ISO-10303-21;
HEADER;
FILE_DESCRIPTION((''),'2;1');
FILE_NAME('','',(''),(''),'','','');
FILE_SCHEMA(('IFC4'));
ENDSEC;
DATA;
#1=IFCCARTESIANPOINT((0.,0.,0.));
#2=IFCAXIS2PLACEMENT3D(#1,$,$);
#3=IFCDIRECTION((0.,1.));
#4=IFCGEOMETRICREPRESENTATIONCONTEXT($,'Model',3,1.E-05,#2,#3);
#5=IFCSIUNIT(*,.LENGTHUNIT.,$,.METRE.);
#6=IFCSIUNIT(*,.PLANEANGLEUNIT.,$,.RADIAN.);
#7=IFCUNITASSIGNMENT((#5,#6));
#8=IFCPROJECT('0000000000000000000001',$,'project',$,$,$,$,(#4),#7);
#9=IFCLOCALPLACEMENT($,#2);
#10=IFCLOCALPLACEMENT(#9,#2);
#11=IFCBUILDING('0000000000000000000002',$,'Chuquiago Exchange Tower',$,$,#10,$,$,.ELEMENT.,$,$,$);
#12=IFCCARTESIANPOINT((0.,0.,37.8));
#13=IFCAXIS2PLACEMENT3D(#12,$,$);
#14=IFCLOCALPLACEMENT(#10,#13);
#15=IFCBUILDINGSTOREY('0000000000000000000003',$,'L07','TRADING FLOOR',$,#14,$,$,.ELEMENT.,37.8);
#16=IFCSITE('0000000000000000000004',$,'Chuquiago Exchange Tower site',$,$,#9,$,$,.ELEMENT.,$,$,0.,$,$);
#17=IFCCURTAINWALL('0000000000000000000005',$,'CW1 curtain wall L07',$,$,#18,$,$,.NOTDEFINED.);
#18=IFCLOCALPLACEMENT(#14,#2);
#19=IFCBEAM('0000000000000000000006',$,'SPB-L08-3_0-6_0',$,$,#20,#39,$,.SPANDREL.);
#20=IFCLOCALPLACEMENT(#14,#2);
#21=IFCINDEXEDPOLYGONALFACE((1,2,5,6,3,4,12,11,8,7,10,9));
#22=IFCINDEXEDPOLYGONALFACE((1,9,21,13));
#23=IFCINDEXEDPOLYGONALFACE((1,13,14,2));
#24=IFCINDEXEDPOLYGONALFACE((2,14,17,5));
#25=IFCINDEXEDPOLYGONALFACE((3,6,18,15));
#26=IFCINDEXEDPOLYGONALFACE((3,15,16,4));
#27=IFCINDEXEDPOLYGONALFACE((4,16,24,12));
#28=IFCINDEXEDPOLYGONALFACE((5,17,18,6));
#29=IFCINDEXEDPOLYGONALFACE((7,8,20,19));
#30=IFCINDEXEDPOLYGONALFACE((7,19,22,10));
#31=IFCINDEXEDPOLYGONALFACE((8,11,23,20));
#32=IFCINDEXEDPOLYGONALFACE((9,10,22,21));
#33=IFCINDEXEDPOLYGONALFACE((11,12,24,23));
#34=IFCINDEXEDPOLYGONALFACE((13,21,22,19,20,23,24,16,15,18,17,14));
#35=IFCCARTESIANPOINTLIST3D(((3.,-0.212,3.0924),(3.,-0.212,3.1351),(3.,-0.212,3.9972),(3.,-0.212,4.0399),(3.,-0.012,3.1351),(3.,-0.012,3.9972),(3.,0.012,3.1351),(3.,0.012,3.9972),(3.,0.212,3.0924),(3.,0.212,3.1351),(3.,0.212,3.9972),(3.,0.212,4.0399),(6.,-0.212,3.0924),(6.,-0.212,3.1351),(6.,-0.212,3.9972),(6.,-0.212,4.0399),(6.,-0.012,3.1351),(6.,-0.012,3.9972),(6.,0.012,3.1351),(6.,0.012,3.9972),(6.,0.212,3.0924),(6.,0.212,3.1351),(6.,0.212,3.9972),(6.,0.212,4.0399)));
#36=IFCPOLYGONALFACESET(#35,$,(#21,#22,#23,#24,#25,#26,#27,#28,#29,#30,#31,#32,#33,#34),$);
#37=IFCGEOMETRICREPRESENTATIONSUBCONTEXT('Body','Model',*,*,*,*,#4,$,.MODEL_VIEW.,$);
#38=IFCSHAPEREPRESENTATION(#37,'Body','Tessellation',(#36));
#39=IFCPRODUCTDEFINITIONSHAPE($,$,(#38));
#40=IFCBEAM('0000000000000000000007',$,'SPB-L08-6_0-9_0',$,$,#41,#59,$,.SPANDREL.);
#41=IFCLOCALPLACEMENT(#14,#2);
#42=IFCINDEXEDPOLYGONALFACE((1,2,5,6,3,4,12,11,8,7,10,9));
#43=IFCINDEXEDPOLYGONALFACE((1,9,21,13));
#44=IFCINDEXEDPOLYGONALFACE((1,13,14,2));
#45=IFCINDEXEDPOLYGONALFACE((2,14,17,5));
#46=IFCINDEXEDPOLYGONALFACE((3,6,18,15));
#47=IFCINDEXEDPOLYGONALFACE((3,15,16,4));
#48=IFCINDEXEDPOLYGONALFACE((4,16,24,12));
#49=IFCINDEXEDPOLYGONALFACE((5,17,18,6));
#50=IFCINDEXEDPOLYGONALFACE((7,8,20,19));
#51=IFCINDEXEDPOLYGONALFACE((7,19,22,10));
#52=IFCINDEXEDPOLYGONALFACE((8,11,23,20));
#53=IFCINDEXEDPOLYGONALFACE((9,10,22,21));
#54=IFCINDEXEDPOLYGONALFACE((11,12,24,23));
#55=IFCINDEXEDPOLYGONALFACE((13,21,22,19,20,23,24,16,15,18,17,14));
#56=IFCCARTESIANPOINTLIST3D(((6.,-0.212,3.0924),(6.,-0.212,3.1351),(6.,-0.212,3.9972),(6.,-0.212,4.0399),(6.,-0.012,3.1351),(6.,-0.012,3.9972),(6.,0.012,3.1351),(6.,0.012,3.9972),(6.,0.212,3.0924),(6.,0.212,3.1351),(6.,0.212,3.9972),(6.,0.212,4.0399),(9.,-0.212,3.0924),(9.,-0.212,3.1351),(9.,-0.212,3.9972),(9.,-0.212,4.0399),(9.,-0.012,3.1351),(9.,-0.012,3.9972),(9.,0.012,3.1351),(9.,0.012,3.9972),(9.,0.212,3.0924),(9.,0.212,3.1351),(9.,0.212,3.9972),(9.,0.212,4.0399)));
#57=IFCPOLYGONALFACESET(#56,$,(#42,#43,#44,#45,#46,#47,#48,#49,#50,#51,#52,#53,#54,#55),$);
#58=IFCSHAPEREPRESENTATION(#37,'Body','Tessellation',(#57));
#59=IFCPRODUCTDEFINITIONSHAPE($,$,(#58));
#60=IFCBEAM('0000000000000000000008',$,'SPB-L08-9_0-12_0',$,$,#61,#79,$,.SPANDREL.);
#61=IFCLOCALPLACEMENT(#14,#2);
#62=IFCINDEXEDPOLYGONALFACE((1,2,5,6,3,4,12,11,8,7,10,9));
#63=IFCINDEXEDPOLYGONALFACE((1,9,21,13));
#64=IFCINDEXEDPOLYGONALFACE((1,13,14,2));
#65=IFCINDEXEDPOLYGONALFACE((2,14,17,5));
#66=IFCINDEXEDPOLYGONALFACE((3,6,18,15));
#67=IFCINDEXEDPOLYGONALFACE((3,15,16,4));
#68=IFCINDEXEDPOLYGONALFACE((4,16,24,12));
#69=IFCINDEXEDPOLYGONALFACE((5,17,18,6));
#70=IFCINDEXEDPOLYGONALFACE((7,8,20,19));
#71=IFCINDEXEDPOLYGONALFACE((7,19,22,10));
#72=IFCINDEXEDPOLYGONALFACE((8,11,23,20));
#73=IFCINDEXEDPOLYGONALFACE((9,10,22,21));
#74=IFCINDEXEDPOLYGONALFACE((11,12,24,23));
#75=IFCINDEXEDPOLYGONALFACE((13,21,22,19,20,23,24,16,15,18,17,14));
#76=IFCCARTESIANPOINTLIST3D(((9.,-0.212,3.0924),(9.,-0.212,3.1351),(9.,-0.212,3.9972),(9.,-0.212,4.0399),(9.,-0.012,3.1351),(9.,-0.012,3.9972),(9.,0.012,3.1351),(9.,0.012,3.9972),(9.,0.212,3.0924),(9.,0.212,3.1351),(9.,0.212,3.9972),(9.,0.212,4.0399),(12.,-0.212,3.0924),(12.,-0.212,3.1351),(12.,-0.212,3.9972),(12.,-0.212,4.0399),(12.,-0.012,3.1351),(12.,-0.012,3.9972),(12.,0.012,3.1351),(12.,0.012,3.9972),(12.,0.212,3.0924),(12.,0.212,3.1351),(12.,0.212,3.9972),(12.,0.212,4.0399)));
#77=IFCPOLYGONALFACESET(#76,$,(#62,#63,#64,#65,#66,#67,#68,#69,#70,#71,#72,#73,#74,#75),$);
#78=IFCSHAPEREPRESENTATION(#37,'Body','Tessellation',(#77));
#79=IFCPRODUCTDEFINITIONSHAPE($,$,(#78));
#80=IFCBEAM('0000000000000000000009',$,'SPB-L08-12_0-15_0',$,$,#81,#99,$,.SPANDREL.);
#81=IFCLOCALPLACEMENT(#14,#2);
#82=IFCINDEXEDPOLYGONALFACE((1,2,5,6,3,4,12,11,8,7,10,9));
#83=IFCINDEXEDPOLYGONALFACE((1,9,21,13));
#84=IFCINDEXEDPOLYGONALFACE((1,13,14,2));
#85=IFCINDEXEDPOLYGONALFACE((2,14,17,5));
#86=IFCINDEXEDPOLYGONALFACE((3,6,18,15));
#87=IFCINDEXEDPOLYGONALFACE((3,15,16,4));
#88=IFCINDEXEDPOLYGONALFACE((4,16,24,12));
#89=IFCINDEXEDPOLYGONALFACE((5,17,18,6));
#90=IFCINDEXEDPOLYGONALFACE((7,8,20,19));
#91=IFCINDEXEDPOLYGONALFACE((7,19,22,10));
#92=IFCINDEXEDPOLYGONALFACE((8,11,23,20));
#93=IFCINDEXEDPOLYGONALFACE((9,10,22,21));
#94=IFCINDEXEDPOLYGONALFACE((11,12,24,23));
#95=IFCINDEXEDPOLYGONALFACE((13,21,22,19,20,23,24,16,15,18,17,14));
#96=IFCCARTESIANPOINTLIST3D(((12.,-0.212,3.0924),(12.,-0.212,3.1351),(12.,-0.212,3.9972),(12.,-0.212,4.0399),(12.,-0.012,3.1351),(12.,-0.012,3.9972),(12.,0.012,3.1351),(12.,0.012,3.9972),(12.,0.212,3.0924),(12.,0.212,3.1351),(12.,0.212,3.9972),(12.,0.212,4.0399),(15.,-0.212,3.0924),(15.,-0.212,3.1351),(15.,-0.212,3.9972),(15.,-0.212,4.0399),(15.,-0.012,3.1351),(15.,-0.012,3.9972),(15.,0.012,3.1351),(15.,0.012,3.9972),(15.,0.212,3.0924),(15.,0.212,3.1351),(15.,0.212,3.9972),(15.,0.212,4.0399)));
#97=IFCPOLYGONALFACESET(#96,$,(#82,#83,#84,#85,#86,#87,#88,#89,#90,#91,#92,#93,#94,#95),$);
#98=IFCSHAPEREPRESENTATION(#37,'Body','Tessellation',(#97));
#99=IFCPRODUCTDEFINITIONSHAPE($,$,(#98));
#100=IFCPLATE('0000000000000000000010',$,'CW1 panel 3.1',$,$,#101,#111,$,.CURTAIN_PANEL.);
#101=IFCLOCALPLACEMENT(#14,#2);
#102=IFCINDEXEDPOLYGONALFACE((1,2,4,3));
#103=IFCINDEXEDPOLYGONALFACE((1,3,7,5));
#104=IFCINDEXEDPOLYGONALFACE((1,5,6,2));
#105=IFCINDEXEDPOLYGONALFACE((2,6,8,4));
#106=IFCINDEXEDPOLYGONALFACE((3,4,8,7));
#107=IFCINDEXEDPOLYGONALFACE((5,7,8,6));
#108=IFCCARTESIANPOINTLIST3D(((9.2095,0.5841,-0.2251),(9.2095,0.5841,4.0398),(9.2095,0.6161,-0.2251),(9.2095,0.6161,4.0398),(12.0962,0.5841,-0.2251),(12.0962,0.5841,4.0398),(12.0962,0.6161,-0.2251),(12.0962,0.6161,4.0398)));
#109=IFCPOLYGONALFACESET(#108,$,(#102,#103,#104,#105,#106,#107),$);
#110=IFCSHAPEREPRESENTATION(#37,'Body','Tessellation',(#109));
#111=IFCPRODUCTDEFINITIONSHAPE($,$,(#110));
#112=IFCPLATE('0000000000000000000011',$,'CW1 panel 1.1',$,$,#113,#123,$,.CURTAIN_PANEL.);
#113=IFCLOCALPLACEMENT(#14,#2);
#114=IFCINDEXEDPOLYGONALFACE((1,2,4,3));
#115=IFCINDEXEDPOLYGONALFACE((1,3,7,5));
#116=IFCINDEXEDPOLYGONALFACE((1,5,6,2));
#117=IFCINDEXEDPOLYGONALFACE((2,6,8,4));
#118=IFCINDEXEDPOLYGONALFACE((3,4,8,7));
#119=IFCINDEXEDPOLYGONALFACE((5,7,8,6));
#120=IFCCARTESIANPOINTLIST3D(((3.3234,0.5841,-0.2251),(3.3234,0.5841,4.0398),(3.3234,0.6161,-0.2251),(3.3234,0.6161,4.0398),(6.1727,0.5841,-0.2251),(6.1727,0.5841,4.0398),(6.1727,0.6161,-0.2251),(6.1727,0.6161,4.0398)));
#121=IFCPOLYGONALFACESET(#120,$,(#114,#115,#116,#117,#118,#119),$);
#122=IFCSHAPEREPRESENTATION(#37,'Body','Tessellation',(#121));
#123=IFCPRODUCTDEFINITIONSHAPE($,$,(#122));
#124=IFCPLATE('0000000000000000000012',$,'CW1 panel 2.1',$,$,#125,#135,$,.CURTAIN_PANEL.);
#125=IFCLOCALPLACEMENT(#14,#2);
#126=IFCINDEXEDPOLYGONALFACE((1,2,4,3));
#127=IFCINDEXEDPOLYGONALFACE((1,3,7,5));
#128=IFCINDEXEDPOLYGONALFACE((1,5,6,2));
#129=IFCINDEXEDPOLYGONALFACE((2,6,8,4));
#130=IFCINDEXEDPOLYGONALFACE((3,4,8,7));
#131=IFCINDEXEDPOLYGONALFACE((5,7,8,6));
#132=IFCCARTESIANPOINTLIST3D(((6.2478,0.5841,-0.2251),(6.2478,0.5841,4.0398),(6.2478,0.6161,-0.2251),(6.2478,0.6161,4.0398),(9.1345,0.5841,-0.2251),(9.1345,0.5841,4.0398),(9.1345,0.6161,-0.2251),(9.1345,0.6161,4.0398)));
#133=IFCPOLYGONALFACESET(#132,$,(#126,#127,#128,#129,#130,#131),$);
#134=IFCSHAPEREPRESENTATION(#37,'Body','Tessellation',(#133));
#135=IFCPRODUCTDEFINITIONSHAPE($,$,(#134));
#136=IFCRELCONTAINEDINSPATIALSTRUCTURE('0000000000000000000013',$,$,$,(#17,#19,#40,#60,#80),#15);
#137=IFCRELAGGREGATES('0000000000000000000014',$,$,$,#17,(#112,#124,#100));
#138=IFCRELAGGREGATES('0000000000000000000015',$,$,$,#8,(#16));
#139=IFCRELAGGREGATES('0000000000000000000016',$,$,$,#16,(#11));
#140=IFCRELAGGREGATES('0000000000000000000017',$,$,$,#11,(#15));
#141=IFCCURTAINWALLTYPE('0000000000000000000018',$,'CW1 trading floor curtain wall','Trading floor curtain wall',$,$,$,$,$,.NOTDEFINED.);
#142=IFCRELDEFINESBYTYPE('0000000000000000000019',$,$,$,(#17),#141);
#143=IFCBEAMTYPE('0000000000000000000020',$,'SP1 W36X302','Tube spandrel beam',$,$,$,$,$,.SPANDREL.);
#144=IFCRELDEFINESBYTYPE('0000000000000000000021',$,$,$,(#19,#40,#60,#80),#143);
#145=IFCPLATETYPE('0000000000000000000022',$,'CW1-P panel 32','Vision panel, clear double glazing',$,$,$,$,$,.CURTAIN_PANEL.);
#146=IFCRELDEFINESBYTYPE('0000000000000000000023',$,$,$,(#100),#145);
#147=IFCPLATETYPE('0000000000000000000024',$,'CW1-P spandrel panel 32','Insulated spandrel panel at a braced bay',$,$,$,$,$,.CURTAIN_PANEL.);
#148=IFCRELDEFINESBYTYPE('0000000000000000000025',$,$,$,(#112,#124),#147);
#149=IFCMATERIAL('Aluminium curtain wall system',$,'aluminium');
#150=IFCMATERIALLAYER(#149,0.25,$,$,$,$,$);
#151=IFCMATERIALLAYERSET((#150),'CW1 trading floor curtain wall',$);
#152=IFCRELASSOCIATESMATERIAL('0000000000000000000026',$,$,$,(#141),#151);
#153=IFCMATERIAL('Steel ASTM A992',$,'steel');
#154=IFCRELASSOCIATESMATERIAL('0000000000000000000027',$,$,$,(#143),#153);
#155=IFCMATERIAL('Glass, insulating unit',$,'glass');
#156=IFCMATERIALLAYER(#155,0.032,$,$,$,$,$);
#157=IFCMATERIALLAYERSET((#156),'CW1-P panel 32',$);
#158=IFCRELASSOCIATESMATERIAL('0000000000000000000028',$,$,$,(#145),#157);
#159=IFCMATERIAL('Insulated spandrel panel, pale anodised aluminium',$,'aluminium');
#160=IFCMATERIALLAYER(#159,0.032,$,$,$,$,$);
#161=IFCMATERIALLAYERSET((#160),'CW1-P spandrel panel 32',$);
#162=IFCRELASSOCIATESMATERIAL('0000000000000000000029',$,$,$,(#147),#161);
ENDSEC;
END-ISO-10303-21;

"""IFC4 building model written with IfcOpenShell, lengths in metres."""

from ifc_helpers import new_model, si_unit, direction, frame, origin, origin_2d, place, context, subcontext, project, spatial, rectangle, i_section, extrude, material, layer, layer_set, material_profile, profile_set, type_object, element, aggregate, save


model = new_model("IFC4")

# Units and contexts
model_context = context("Model", 3, precision=1e-05, world=origin(), true_north=direction((0.0, 1.0)))
body_context = subcontext(model_context, "Body", "Model", "MODEL_VIEW")
ifc_project = project(units=[si_unit("LENGTHUNIT", "METRE"), si_unit("PLANEANGLEUNIT", "RADIAN")], contexts=[model_context])

# Site, building, storey
site_placement = place(None, origin())
site = spatial("IfcSite", under=ifc_project, at=site_placement, Name="Chuquiago Exchange Tower site", CompositionType="ELEMENT", RefElevation=0.0)
building_placement = place(site_placement, origin())
building = spatial("IfcBuilding", under=site, at=building_placement, Name="Chuquiago Exchange Tower", CompositionType="ELEMENT")
storey_placement = place(building_placement, frame((0.0, 0.0, 37.8)))
storey = spatial("IfcBuildingStorey", under=building, at=storey_placement, Name="L07", Description="TRADING FLOOR", CompositionType="ELEMENT", Elevation=37.8)

# Curtain wall
ifc_material_1 = material(Name="Aluminium curtain wall system", Category="aluminium")
ifc_layer_1 = layer(ifc_material_1, 0.25)
ifc_layer_set_1 = layer_set([ifc_layer_1], Name="CW1 trading floor curtain wall")
curtain_wall_type = type_object("IfcCurtainWallType", Name="CW1 trading floor curtain wall", Description="Trading floor curtain wall", PredefinedType="NOTDEFINED", material=ifc_layer_set_1)
curtain_wall_placement = place(storey_placement, origin())
curtain_wall = element("IfcCurtainWall", 1, at=curtain_wall_placement, inside=storey, type_object=curtain_wall_type, Name="CW1 curtain wall L07", PredefinedType="NOTDEFINED")

# Beams
ifc_material_2 = material(Name="Steel ASTM A992", Category="steel")
ifc_material_profile_1 = material_profile(ifc_material_2, i_section(OverallWidth=0.4241, OverallDepth=0.9475, WebThickness=0.0239, FlangeThickness=0.0427, at=origin_2d()), Name="W36X302")
ifc_profile_set_1 = profile_set([ifc_material_profile_1], Name="Steel ASTM A992")
beam_type = type_object("IfcBeamType", Name="SP1 W36X302", Description="Tube spandrel beam", PredefinedType="SPANDREL", material=ifc_profile_set_1)
for number, where, z_axis, x_axis, name in (
    (2, (3.0, 0.0, 3.5662), (1.0, 0.0, 0.0), (0.0, 1.0, 0.0), "SPB-L08-3_0-6_0"),
    (3, (6.0, 0.0, 3.5662), (1.0, 0.0, 0.0), (0.0, 1.0, 0.0), "SPB-L08-6_0-9_0"),
    (4, (9.0, 0.0, 3.5662), (1.0, 0.0, 0.0), (0.0, 1.0, 0.0), "SPB-L08-9_0-12_0"),
    (5, (12.0, 0.0, 3.5662), (1.0, 0.0, 0.0), (0.0, 1.0, 0.0), "SPB-L08-12_0-15_0"),
):
    element("IfcBeam", number, at=place(storey_placement, frame(where, z_axis=z_axis, x_axis=x_axis)), inside=storey, type_object=beam_type, Name=name, PredefinedType="SPANDREL", context=body_context, shape_type="SweptSolid", body=[
        extrude(i_section(OverallWidth=0.4241, OverallDepth=0.9475, WebThickness=0.0239, FlangeThickness=0.0427, at=origin_2d()), origin(), (0.0, 0.0, 1.0), 3.0),
    ])

# Plates
ifc_material_3 = material(Name="Glass, insulating unit", Category="glass")
ifc_layer_2 = layer(ifc_material_3, 0.032)
ifc_layer_set_2 = layer_set([ifc_layer_2], Name="CW1-P panel 32")
plate_type_1 = type_object("IfcPlateType", Name="CW1-P panel 32", Description="Vision panel, clear double glazing", PredefinedType="CURTAIN_PANEL", material=ifc_layer_set_2)
plate_1_placement = place(storey_placement, frame((10.6528, 0.6001, -0.2251), z_axis=(0.0, 0.0, 1.0), x_axis=(1.0, 0.0, 0.0)))
plate_1 = element("IfcPlate", 6, at=plate_1_placement, type_object=plate_type_1, Name="CW1 panel 3.1", PredefinedType="CURTAIN_PANEL", context=body_context, shape_type="SweptSolid", body=[
    extrude(rectangle(XDim=2.8867, YDim=0.032, at=origin_2d()), origin(), (0.0, 0.0, 1.0), 4.2649),
])
ifc_material_4 = material(Name="Insulated spandrel panel, pale anodised aluminium", Category="aluminium")
ifc_layer_3 = layer(ifc_material_4, 0.032)
ifc_layer_set_3 = layer_set([ifc_layer_3], Name="CW1-P spandrel panel 32")
plate_type_2 = type_object("IfcPlateType", Name="CW1-P spandrel panel 32", Description="Insulated spandrel panel at a braced bay", PredefinedType="CURTAIN_PANEL", material=ifc_layer_set_3)
plate_2_placement = place(storey_placement, frame((4.748, 0.6001, -0.2251), z_axis=(0.0, 0.0, 1.0), x_axis=(1.0, 0.0, 0.0)))
plate_2 = element("IfcPlate", 7, at=plate_2_placement, type_object=plate_type_2, Name="CW1 panel 1.1", PredefinedType="CURTAIN_PANEL", context=body_context, shape_type="SweptSolid", body=[
    extrude(rectangle(XDim=2.8494, YDim=0.032, at=origin_2d()), origin(), (0.0, 0.0, 1.0), 4.2649),
])
plate_3_placement = place(storey_placement, frame((7.6912, 0.6001, -0.2251), z_axis=(0.0, 0.0, 1.0), x_axis=(1.0, 0.0, 0.0)))
plate_3 = element("IfcPlate", 8, at=plate_3_placement, type_object=plate_type_2, Name="CW1 panel 2.1", PredefinedType="CURTAIN_PANEL", context=body_context, shape_type="SweptSolid", body=[
    extrude(rectangle(XDim=2.8867, YDim=0.032, at=origin_2d()), origin(), (0.0, 0.0, 1.0), 4.2649),
])
aggregate(curtain_wall, [plate_2, plate_3, plate_1])

save(model, "model.ifc")
